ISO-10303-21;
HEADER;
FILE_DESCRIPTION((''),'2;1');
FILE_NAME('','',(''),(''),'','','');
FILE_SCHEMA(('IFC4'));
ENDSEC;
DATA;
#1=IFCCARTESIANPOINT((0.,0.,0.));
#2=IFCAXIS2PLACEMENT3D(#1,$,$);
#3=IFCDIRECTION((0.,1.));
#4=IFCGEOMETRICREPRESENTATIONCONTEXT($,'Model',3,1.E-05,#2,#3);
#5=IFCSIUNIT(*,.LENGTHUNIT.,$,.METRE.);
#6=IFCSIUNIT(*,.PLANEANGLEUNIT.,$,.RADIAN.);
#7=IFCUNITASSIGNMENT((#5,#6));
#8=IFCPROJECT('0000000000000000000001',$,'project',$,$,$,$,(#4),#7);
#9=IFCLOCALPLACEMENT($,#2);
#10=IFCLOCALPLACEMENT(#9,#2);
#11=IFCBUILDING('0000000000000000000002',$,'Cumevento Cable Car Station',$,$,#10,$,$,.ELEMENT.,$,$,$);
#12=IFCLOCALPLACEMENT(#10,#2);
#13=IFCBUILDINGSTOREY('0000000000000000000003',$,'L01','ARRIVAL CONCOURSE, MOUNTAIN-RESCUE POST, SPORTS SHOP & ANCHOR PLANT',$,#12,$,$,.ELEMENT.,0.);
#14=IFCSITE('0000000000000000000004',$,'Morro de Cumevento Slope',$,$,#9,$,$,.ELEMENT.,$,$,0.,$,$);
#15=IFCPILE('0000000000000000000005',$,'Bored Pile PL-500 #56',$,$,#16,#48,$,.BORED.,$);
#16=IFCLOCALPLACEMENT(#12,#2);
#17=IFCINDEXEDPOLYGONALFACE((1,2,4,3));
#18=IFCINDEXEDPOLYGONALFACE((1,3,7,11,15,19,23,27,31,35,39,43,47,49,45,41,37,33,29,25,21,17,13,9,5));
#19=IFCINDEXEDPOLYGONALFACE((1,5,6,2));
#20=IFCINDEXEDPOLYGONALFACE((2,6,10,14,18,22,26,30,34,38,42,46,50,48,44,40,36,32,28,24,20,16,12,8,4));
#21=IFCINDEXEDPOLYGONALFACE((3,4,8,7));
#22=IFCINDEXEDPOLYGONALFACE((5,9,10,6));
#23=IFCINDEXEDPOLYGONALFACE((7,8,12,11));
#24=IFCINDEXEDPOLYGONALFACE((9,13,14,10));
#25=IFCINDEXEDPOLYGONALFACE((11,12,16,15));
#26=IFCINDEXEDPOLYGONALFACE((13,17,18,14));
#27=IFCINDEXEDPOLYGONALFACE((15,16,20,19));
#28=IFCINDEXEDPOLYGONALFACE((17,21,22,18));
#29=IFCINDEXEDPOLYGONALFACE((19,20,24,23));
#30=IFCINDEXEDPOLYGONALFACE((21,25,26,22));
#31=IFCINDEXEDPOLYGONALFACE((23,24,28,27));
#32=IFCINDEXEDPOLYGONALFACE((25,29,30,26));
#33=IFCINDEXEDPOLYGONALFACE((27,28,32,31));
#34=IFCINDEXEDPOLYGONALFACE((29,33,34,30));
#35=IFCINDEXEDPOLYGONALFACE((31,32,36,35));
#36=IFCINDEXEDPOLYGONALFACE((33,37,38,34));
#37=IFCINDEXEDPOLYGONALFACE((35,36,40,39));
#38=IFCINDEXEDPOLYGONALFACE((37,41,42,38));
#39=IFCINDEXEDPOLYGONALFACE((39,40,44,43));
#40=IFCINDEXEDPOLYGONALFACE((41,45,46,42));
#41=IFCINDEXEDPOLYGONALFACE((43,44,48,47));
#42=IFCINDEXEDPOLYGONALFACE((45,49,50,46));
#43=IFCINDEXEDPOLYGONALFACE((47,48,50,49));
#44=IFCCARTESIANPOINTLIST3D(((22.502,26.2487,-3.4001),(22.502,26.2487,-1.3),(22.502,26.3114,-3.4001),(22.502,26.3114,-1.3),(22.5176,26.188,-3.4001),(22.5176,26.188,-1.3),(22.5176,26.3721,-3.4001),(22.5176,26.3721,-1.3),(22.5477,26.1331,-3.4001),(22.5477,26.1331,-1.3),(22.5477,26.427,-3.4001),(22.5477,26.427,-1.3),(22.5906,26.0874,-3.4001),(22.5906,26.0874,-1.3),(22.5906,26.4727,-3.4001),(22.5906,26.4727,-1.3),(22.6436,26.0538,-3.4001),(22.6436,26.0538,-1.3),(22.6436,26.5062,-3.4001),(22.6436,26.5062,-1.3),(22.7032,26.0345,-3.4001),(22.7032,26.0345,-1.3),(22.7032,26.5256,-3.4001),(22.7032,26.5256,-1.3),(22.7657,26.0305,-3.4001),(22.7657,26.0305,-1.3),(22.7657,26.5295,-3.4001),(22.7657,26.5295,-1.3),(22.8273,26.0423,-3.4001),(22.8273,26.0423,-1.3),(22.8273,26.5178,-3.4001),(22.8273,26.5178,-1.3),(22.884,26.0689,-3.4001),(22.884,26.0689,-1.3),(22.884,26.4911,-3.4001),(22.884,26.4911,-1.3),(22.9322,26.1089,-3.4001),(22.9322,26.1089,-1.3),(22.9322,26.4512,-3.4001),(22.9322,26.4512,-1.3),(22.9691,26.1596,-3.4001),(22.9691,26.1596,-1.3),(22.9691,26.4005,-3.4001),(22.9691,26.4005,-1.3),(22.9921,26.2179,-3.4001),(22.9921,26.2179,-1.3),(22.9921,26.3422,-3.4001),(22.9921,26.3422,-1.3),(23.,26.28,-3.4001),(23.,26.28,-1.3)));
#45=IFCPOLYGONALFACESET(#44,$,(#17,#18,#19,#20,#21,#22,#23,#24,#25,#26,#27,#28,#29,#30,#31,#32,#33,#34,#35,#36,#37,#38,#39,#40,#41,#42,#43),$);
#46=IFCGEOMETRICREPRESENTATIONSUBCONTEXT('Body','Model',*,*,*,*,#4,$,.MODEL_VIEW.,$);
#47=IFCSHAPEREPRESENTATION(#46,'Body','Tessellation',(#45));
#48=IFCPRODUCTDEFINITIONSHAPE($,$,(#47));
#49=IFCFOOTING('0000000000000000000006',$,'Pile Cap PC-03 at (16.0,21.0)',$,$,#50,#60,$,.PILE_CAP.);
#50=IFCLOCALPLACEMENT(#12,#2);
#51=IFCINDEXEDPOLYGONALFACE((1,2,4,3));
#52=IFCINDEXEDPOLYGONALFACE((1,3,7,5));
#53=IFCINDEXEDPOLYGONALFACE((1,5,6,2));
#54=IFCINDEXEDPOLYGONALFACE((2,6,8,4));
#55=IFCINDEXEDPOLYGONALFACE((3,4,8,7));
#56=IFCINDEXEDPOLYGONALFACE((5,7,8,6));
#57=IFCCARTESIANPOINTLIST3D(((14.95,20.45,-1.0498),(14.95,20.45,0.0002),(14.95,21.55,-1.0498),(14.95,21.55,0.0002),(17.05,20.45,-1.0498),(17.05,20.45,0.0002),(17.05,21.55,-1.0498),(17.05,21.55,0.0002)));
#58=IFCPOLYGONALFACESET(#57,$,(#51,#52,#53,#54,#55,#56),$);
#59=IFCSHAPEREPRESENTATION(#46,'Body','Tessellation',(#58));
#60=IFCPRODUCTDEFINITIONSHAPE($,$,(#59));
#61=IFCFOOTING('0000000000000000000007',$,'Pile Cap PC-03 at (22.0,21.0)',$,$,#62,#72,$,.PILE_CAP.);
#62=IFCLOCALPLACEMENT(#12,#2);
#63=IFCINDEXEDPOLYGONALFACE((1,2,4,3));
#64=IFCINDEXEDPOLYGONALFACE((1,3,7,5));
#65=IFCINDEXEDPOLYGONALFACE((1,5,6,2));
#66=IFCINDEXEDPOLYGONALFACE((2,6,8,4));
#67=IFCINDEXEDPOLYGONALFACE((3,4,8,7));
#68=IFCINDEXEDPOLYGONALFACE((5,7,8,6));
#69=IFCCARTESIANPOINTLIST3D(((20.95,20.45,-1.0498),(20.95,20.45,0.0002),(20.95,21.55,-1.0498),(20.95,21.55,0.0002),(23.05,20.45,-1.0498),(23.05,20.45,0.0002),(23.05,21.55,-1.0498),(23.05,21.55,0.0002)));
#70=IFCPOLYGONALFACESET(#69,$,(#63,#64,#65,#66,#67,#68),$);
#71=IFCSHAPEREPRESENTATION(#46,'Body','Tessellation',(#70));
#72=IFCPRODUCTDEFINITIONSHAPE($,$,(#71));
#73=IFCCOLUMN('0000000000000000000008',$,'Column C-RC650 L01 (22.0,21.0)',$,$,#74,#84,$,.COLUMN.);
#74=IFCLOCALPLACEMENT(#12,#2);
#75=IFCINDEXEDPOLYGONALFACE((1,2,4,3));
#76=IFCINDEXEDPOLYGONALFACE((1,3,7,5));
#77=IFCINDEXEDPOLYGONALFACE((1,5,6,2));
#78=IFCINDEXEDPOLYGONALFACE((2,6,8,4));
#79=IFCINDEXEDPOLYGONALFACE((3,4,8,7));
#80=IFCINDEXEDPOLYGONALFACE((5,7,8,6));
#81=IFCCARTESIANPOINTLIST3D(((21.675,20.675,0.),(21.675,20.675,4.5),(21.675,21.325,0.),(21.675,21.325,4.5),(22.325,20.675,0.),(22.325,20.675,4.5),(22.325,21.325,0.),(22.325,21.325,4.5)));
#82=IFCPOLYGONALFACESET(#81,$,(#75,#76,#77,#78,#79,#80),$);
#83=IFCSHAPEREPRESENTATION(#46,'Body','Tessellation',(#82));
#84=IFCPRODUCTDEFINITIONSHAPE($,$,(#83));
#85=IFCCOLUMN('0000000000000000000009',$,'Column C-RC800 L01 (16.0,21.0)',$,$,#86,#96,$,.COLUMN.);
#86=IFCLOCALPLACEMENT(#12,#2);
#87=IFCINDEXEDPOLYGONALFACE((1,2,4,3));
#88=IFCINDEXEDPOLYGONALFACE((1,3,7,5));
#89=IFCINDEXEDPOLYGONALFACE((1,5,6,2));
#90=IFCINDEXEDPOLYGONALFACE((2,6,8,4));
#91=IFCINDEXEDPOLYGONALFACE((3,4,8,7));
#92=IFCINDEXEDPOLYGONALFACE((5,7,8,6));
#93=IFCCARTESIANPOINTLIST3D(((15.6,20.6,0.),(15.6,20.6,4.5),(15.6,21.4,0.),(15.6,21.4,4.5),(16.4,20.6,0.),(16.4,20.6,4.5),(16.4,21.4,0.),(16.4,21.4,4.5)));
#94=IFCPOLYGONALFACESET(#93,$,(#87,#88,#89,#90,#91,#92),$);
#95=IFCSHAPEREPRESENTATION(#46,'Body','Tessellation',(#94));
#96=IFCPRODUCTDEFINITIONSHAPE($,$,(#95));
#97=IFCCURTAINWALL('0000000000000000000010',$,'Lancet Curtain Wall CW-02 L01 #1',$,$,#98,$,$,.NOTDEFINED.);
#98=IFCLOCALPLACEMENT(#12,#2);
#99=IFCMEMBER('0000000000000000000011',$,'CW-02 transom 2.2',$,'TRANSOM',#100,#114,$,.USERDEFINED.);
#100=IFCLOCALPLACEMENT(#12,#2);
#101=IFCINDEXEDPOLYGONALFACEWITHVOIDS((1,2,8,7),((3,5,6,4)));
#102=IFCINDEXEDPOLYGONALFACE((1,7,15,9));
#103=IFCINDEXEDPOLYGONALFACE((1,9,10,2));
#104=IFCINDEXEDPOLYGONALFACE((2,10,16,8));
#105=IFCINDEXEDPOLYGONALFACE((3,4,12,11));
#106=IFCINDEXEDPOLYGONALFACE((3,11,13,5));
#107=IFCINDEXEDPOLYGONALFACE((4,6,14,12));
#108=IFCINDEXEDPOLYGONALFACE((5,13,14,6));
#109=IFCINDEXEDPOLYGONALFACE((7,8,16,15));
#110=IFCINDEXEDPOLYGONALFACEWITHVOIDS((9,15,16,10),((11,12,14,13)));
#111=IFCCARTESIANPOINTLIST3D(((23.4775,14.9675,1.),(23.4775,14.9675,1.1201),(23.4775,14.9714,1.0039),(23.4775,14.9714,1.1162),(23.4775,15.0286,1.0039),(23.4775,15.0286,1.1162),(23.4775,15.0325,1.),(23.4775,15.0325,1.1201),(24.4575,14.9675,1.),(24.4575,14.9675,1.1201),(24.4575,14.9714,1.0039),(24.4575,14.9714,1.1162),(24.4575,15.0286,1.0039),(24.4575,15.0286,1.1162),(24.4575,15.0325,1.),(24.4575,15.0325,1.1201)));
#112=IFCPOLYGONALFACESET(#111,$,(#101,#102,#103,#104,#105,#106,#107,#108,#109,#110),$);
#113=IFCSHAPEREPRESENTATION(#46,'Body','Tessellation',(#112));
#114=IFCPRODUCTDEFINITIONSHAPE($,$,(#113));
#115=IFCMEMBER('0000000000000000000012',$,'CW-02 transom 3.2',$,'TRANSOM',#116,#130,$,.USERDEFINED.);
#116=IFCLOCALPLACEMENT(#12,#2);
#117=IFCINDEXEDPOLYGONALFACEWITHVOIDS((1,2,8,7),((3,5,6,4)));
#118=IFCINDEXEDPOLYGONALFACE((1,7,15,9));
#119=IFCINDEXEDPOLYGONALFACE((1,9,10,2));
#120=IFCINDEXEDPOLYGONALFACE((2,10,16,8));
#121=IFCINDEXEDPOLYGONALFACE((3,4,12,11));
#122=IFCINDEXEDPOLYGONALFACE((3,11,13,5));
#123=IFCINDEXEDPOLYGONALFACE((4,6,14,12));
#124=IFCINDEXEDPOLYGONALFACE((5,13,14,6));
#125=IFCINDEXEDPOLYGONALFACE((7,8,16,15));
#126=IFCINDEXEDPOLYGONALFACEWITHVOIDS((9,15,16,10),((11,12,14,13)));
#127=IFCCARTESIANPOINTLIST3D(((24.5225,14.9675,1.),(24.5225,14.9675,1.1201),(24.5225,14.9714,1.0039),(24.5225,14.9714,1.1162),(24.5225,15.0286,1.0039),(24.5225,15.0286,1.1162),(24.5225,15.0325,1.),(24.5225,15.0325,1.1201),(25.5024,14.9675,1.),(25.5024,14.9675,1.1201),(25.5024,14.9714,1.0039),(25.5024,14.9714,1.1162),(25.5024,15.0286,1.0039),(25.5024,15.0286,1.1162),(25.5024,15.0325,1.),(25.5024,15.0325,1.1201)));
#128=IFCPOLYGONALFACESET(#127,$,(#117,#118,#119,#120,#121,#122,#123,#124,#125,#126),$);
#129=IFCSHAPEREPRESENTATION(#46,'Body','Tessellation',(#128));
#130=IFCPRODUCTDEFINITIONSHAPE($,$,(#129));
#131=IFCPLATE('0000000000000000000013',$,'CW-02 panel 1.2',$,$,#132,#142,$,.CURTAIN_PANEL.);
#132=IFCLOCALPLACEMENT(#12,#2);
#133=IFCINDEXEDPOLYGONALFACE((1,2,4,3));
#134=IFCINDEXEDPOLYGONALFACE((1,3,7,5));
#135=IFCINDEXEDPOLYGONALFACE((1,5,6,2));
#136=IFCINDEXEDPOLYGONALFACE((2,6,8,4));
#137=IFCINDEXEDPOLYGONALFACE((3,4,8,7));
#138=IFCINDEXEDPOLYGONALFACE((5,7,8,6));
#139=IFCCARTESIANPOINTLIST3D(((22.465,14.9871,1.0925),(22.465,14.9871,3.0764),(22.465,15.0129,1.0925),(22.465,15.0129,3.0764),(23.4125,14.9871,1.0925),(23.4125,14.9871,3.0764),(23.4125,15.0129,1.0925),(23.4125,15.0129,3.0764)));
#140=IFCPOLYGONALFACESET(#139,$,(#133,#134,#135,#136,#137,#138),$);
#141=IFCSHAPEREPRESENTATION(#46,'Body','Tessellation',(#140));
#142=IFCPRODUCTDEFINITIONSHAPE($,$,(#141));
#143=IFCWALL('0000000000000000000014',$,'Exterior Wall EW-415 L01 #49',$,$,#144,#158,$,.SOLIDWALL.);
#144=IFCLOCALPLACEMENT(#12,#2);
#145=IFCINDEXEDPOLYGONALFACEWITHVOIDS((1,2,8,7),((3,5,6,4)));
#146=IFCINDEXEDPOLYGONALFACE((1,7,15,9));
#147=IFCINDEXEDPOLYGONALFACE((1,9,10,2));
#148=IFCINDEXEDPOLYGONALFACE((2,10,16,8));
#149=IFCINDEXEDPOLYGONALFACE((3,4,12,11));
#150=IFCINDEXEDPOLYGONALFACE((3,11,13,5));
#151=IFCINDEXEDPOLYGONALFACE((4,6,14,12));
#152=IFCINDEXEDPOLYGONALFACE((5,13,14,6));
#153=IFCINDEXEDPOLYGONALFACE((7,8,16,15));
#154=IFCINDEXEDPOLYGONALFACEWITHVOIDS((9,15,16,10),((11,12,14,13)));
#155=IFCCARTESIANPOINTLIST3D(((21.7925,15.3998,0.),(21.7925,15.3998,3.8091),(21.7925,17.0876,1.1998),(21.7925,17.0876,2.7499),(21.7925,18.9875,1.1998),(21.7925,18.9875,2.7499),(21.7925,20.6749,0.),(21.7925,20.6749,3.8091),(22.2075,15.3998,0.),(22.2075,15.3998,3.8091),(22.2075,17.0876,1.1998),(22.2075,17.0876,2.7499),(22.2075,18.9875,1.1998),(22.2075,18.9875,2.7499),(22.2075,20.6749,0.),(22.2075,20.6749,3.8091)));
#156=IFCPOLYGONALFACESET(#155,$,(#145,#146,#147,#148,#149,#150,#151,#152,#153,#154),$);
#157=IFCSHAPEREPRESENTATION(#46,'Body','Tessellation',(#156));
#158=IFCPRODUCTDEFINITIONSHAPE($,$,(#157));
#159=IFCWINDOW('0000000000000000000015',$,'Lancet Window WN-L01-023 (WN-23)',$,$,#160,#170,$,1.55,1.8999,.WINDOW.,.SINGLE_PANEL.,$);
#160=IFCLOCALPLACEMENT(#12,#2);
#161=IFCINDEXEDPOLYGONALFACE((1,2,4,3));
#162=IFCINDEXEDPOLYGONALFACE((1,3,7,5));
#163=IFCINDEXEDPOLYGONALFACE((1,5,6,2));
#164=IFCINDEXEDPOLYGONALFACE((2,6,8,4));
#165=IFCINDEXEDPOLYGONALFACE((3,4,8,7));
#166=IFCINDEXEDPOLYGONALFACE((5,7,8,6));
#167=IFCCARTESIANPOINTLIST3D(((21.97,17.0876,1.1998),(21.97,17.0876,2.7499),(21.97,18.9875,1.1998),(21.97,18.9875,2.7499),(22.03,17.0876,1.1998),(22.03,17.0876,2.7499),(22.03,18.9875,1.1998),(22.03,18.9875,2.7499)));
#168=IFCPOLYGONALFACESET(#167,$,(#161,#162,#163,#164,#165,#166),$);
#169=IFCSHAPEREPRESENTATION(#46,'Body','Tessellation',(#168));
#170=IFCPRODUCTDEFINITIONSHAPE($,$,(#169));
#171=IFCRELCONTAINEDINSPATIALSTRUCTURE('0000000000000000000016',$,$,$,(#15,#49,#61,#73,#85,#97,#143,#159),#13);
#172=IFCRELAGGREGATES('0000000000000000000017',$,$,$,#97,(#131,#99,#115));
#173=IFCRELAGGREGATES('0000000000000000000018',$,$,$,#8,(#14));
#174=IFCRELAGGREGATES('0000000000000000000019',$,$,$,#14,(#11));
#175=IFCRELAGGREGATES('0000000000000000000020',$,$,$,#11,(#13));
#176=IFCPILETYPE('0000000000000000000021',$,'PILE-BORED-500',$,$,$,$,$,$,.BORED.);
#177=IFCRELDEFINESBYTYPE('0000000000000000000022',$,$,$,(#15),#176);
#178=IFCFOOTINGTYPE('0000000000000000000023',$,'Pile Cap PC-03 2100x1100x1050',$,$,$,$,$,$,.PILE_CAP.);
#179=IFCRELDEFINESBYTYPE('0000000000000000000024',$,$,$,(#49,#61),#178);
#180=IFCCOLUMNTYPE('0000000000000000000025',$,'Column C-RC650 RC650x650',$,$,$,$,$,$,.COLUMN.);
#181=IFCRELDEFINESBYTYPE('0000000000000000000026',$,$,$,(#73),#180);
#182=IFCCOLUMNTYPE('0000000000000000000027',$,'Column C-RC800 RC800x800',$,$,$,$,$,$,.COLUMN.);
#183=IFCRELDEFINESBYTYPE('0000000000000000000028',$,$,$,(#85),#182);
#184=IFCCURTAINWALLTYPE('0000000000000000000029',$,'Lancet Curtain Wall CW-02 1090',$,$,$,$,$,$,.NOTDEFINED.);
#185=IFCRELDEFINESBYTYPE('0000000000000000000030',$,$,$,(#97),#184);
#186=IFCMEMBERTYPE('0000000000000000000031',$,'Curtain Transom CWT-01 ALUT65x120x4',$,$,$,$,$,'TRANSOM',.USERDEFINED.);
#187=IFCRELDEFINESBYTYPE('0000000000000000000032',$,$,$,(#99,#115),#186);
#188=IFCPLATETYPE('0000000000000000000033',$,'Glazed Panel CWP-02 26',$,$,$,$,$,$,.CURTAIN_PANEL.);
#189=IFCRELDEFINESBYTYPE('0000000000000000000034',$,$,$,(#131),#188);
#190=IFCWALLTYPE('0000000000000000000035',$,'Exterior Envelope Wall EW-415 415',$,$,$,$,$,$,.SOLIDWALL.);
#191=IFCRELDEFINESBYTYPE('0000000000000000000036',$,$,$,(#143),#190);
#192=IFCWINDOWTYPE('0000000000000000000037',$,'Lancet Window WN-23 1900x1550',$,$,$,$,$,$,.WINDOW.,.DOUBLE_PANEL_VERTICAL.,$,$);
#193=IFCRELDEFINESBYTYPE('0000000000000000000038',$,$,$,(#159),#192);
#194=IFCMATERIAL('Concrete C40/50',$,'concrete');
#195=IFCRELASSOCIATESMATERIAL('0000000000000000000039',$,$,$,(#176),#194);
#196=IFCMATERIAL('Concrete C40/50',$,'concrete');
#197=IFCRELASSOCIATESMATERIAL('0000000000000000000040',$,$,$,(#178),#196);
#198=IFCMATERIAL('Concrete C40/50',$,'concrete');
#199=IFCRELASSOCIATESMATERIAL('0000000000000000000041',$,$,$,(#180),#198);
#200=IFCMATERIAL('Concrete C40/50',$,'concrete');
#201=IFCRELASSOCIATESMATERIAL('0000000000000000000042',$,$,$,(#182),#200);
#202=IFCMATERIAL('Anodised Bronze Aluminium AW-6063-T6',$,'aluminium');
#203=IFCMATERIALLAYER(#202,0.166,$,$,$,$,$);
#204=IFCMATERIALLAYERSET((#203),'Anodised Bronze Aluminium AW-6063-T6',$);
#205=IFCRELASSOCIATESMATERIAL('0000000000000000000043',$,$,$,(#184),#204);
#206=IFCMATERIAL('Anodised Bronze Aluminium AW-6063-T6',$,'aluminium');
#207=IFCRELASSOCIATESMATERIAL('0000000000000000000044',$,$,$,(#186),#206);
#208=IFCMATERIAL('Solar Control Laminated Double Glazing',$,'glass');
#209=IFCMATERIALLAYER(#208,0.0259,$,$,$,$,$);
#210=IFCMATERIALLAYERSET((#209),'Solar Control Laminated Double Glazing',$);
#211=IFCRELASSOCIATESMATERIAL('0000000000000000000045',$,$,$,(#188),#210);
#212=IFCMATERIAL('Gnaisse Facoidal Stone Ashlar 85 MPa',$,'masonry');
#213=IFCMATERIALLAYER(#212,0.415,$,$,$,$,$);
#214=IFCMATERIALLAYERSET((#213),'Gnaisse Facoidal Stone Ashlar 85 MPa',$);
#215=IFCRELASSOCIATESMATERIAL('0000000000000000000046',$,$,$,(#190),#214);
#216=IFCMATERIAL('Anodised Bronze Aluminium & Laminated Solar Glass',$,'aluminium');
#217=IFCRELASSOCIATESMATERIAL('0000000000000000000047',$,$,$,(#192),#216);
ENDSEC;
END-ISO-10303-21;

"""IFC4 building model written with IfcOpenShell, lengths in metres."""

from ifc_helpers import new_model, si_unit, direction, frame, frame_2d, origin, origin_2d, place, context, subcontext, project, spatial, rectangle, hollow_rectangle, circle, extrude, material, layer, layer_set, material_profile, profile_set, type_object, element, fill, aggregate, save


model = new_model("IFC4")

# Units and contexts
model_context = context("Model", 3, precision=1e-05, world=origin(), true_north=direction((0.0, 1.0)))
body_context = subcontext(model_context, "Body", "Model", "MODEL_VIEW")
ifc_project = project(units=[si_unit("LENGTHUNIT", "METRE"), si_unit("PLANEANGLEUNIT", "RADIAN")], contexts=[model_context])

# Site, building, storey
site_placement = place(None, origin())
site = spatial("IfcSite", under=ifc_project, at=site_placement, Name="Morro de Cumevento Slope", CompositionType="ELEMENT", RefElevation=0.0)
building_placement = place(site_placement, origin())
building = spatial("IfcBuilding", under=site, at=building_placement, Name="Cumevento Cable Car Station", CompositionType="ELEMENT")
storey_placement = place(building_placement, origin())
storey = spatial("IfcBuildingStorey", under=building, at=storey_placement, Name="L01", Description="ARRIVAL CONCOURSE, MOUNTAIN-RESCUE POST, SPORTS SHOP & ANCHOR PLANT", CompositionType="ELEMENT", Elevation=0.0)

# Pile
ifc_material_1 = material(Name="Concrete C40/50", Category="concrete")
ifc_material_profile_1 = material_profile(ifc_material_1, circle(Radius=0.25, at=origin_2d()), Name="PILE-D500")
ifc_profile_set_1 = profile_set([ifc_material_profile_1], Name="Concrete C40/50")
pile_type_1 = type_object("IfcPileType", Name="PILE-BORED-500", PredefinedType="BORED", material=ifc_profile_set_1)
for number, where, z_axis, x_axis, name in (
    (1, (22.75, 26.28, -1.3), (0.0, 0.0, -1.0), (1.0, 0.0, 0.0), "Bored Pile PL-500 #56"),
):
    element("IfcPile", number, at=place(storey_placement, frame(where, z_axis=z_axis, x_axis=x_axis)), inside=storey, type_object=pile_type_1, Name=name, PredefinedType="BORED", context=body_context, shape_type="SweptSolid", body=[
        extrude(circle(Radius=0.25, at=origin_2d()), origin(), (0.0, 0.0, 1.0), 2.1001),
    ])

# Footings
ifc_material_2 = material(Name="Concrete C40/50", Category="concrete")
footing_type = type_object("IfcFootingType", Name="Pile Cap PC-03 2100x1100x1050", PredefinedType="PILE_CAP", material=ifc_material_2)
for number, where, z_axis, x_axis, name in (
    (2, (16.0, 21.0, -1.0498), (0.0, 0.0, 1.0), (1.0, 0.0, 0.0), "Pile Cap PC-03 at (16.0,21.0)"),
    (3, (22.0, 21.0, -1.0498), (0.0, 0.0, 1.0), (1.0, 0.0, 0.0), "Pile Cap PC-03 at (22.0,21.0)"),
):
    element("IfcFooting", number, at=place(storey_placement, frame(where, z_axis=z_axis, x_axis=x_axis)), inside=storey, type_object=footing_type, Name=name, PredefinedType="PILE_CAP", context=body_context, shape_type="SweptSolid", body=[
        extrude(rectangle(XDim=2.1001, YDim=1.1001, at=origin_2d()), origin(), (0.0, 0.0, 1.0), 1.05),
    ])

# Columns
ifc_material_3 = material(Name="Concrete C40/50", Category="concrete")
ifc_material_profile_2 = material_profile(ifc_material_3, rectangle(XDim=0.6499, YDim=0.6499, at=origin_2d()), Name="RC650x650")
ifc_profile_set_2 = profile_set([ifc_material_profile_2], Name="Concrete C40/50")
column_type_1 = type_object("IfcColumnType", Name="Column C-RC650 RC650x650", PredefinedType="COLUMN", material=ifc_profile_set_2)
column_1_placement = place(storey_placement, frame((22.0, 21.0, 0.0), z_axis=(0.0, 0.0, 1.0), x_axis=(1.0, 0.0, 0.0)))
element("IfcColumn", 4, at=column_1_placement, inside=storey, type_object=column_type_1, Name="Column C-RC650 L01 (22.0,21.0)", PredefinedType="COLUMN", context=body_context, shape_type="SweptSolid", body=[
    extrude(rectangle(XDim=0.6499, YDim=0.6499, at=origin_2d()), origin(), (0.0, 0.0, 1.0), 4.5),
])
ifc_material_4 = material(Name="Concrete C40/50", Category="concrete")
ifc_material_profile_3 = material_profile(ifc_material_4, rectangle(XDim=0.8, YDim=0.8, at=origin_2d()), Name="RC800x800")
ifc_profile_set_3 = profile_set([ifc_material_profile_3], Name="Concrete C40/50")
column_type_2 = type_object("IfcColumnType", Name="Column C-RC800 RC800x800", PredefinedType="COLUMN", material=ifc_profile_set_3)
column_2_placement = place(storey_placement, frame((16.0, 21.0, 0.0), z_axis=(0.0, 0.0, 1.0), x_axis=(1.0, 0.0, 0.0)))
element("IfcColumn", 5, at=column_2_placement, inside=storey, type_object=column_type_2, Name="Column C-RC800 L01 (16.0,21.0)", PredefinedType="COLUMN", context=body_context, shape_type="SweptSolid", body=[
    extrude(rectangle(XDim=0.8, YDim=0.8, at=origin_2d()), origin(), (0.0, 0.0, 1.0), 4.5),
])

# Curtain wall, members, plate
ifc_material_5 = material(Name="Anodised Bronze Aluminium AW-6063-T6", Category="aluminium")
ifc_layer_1 = layer(ifc_material_5, 0.166)
ifc_layer_set_1 = layer_set([ifc_layer_1], Name="Anodised Bronze Aluminium AW-6063-T6")
curtain_wall_type = type_object("IfcCurtainWallType", Name="Lancet Curtain Wall CW-02 1090", PredefinedType="NOTDEFINED", material=ifc_layer_set_1)
curtain_wall_placement = place(storey_placement, origin())
curtain_wall = element("IfcCurtainWall", 6, at=curtain_wall_placement, inside=storey, type_object=curtain_wall_type, Name="Lancet Curtain Wall CW-02 L01 #1", PredefinedType="NOTDEFINED")
ifc_material_6 = material(Name="Anodised Bronze Aluminium AW-6063-T6", Category="aluminium")
ifc_material_profile_4 = material_profile(ifc_material_6, hollow_rectangle(XDim=0.0649, YDim=0.1201, WallThickness=0.0039, at=origin_2d()), Name="ALUT65x120x4")
ifc_profile_set_4 = profile_set([ifc_material_profile_4], Name="Anodised Bronze Aluminium AW-6063-T6")
member_type = type_object("IfcMemberType", Name="Curtain Transom CWT-01 ALUT65x120x4", ElementType="TRANSOM", PredefinedType="USERDEFINED", material=ifc_profile_set_4)
member_1_placement = place(storey_placement, frame((23.4775, 15.0, 1.0601), z_axis=(1.0, 0.0, 0.0), x_axis=(0.0, 1.0, 0.0)))
member_1 = element("IfcMember", 7, at=member_1_placement, type_object=member_type, Name="CW-02 transom 2.2", ObjectType="TRANSOM", PredefinedType="USERDEFINED", context=body_context, shape_type="SweptSolid", body=[
    extrude(hollow_rectangle(XDim=0.0649, YDim=0.1201, WallThickness=0.0039, at=origin_2d()), origin(), (0.0, 0.0, 1.0), 0.98),
])
member_2_placement = place(storey_placement, frame((24.5225, 15.0, 1.0601), z_axis=(1.0, 0.0, 0.0), x_axis=(0.0, 1.0, 0.0)))
member_2 = element("IfcMember", 8, at=member_2_placement, type_object=member_type, Name="CW-02 transom 3.2", ObjectType="TRANSOM", PredefinedType="USERDEFINED", context=body_context, shape_type="SweptSolid", body=[
    extrude(hollow_rectangle(XDim=0.0649, YDim=0.1201, WallThickness=0.0039, at=origin_2d()), origin(), (0.0, 0.0, 1.0), 0.98),
])
ifc_material_7 = material(Name="Solar Control Laminated Double Glazing", Category="glass")
ifc_layer_2 = layer(ifc_material_7, 0.0259)
ifc_layer_set_2 = layer_set([ifc_layer_2], Name="Solar Control Laminated Double Glazing")
plate_type = type_object("IfcPlateType", Name="Glazed Panel CWP-02 26", PredefinedType="CURTAIN_PANEL", material=ifc_layer_set_2)
plate_placement = place(storey_placement, frame((22.9387, 15.0, 1.0925), z_axis=(0.0, 0.0, 1.0), x_axis=(1.0, 0.0, 0.0)))
plate = element("IfcPlate", 9, at=plate_placement, type_object=plate_type, Name="CW-02 panel 1.2", PredefinedType="CURTAIN_PANEL", context=body_context, shape_type="SweptSolid", body=[
    extrude(rectangle(XDim=0.9475, YDim=0.0259, at=origin_2d()), origin(), (0.0, 0.0, 1.0), 1.9839),
])
aggregate(curtain_wall, [plate, member_1, member_2])

# Wall, opening, window
ifc_material_8 = material(Name="Gnaisse Facoidal Stone Ashlar 85 MPa", Category="masonry")
ifc_layer_3 = layer(ifc_material_8, 0.415)
ifc_layer_set_3 = layer_set([ifc_layer_3], Name="Gnaisse Facoidal Stone Ashlar 85 MPa")
wall_type_1 = type_object("IfcWallType", Name="Exterior Envelope Wall EW-415 415", PredefinedType="SOLIDWALL", material=ifc_layer_set_3)
wall_1_placement = place(storey_placement, frame((22.0, 20.675, 0.0), z_axis=(0.0, 0.0, 1.0), x_axis=(0.0, -1.0, 0.0)))
wall_1 = element("IfcWall", 10, at=wall_1_placement, inside=storey, type_object=wall_type_1, Name="Exterior Wall EW-415 L01 #49", PredefinedType="SOLIDWALL", context=body_context, shape_type="SweptSolid", body=[
    extrude(rectangle(XDim=5.2751, YDim=0.415, at=frame_2d((2.6377, 0.0))), origin(), (0.0, 0.0, 1.0), 3.8091),
])
opening_1_placement = place(wall_1_placement, frame((1.6875, 0.0, 1.2)))
opening_1 = element("IfcOpeningElement", 11, at=opening_1_placement, cuts=wall_1, PredefinedType="OPENING", context=body_context, shape_type="SweptSolid", body=[
    extrude(rectangle(XDim=1.8999, YDim=1.55, at=frame_2d((0.95, 0.7749))), frame((0.0, 0.2175, 0.0), z_axis=(0.0, -1.0, 0.0), x_axis=(1.0, 0.0, 0.0)), (0.0, 0.0, 1.0), 0.4351),
])
ifc_material_9 = material(Name="Anodised Bronze Aluminium & Laminated Solar Glass", Category="aluminium")
window_type_1 = type_object("IfcWindowType", Name="Lancet Window WN-23 1900x1550", PartitioningType="DOUBLE_PANEL_VERTICAL", PredefinedType="WINDOW", material=ifc_material_9)
window_1_placement = place(opening_1_placement, origin())
window_1 = element("IfcWindow", 12, at=window_1_placement, inside=storey, type_object=window_type_1, Name="Lancet Window WN-L01-023 (WN-23)", OverallHeight=1.55, OverallWidth=1.8999, PartitioningType="SINGLE_PANEL", PredefinedType="WINDOW", context=body_context, shape_type="SweptSolid", body=[
    extrude(rectangle(XDim=1.8999, YDim=1.55, at=frame_2d((0.95, 0.7749))), frame((0.0, 0.03, 0.0), z_axis=(0.0, -1.0, 0.0), x_axis=(1.0, 0.0, 0.0)), (0.0, 0.0, 1.0), 0.0601),
])
fill(opening_1, window_1)

save(model, "model.ifc")
